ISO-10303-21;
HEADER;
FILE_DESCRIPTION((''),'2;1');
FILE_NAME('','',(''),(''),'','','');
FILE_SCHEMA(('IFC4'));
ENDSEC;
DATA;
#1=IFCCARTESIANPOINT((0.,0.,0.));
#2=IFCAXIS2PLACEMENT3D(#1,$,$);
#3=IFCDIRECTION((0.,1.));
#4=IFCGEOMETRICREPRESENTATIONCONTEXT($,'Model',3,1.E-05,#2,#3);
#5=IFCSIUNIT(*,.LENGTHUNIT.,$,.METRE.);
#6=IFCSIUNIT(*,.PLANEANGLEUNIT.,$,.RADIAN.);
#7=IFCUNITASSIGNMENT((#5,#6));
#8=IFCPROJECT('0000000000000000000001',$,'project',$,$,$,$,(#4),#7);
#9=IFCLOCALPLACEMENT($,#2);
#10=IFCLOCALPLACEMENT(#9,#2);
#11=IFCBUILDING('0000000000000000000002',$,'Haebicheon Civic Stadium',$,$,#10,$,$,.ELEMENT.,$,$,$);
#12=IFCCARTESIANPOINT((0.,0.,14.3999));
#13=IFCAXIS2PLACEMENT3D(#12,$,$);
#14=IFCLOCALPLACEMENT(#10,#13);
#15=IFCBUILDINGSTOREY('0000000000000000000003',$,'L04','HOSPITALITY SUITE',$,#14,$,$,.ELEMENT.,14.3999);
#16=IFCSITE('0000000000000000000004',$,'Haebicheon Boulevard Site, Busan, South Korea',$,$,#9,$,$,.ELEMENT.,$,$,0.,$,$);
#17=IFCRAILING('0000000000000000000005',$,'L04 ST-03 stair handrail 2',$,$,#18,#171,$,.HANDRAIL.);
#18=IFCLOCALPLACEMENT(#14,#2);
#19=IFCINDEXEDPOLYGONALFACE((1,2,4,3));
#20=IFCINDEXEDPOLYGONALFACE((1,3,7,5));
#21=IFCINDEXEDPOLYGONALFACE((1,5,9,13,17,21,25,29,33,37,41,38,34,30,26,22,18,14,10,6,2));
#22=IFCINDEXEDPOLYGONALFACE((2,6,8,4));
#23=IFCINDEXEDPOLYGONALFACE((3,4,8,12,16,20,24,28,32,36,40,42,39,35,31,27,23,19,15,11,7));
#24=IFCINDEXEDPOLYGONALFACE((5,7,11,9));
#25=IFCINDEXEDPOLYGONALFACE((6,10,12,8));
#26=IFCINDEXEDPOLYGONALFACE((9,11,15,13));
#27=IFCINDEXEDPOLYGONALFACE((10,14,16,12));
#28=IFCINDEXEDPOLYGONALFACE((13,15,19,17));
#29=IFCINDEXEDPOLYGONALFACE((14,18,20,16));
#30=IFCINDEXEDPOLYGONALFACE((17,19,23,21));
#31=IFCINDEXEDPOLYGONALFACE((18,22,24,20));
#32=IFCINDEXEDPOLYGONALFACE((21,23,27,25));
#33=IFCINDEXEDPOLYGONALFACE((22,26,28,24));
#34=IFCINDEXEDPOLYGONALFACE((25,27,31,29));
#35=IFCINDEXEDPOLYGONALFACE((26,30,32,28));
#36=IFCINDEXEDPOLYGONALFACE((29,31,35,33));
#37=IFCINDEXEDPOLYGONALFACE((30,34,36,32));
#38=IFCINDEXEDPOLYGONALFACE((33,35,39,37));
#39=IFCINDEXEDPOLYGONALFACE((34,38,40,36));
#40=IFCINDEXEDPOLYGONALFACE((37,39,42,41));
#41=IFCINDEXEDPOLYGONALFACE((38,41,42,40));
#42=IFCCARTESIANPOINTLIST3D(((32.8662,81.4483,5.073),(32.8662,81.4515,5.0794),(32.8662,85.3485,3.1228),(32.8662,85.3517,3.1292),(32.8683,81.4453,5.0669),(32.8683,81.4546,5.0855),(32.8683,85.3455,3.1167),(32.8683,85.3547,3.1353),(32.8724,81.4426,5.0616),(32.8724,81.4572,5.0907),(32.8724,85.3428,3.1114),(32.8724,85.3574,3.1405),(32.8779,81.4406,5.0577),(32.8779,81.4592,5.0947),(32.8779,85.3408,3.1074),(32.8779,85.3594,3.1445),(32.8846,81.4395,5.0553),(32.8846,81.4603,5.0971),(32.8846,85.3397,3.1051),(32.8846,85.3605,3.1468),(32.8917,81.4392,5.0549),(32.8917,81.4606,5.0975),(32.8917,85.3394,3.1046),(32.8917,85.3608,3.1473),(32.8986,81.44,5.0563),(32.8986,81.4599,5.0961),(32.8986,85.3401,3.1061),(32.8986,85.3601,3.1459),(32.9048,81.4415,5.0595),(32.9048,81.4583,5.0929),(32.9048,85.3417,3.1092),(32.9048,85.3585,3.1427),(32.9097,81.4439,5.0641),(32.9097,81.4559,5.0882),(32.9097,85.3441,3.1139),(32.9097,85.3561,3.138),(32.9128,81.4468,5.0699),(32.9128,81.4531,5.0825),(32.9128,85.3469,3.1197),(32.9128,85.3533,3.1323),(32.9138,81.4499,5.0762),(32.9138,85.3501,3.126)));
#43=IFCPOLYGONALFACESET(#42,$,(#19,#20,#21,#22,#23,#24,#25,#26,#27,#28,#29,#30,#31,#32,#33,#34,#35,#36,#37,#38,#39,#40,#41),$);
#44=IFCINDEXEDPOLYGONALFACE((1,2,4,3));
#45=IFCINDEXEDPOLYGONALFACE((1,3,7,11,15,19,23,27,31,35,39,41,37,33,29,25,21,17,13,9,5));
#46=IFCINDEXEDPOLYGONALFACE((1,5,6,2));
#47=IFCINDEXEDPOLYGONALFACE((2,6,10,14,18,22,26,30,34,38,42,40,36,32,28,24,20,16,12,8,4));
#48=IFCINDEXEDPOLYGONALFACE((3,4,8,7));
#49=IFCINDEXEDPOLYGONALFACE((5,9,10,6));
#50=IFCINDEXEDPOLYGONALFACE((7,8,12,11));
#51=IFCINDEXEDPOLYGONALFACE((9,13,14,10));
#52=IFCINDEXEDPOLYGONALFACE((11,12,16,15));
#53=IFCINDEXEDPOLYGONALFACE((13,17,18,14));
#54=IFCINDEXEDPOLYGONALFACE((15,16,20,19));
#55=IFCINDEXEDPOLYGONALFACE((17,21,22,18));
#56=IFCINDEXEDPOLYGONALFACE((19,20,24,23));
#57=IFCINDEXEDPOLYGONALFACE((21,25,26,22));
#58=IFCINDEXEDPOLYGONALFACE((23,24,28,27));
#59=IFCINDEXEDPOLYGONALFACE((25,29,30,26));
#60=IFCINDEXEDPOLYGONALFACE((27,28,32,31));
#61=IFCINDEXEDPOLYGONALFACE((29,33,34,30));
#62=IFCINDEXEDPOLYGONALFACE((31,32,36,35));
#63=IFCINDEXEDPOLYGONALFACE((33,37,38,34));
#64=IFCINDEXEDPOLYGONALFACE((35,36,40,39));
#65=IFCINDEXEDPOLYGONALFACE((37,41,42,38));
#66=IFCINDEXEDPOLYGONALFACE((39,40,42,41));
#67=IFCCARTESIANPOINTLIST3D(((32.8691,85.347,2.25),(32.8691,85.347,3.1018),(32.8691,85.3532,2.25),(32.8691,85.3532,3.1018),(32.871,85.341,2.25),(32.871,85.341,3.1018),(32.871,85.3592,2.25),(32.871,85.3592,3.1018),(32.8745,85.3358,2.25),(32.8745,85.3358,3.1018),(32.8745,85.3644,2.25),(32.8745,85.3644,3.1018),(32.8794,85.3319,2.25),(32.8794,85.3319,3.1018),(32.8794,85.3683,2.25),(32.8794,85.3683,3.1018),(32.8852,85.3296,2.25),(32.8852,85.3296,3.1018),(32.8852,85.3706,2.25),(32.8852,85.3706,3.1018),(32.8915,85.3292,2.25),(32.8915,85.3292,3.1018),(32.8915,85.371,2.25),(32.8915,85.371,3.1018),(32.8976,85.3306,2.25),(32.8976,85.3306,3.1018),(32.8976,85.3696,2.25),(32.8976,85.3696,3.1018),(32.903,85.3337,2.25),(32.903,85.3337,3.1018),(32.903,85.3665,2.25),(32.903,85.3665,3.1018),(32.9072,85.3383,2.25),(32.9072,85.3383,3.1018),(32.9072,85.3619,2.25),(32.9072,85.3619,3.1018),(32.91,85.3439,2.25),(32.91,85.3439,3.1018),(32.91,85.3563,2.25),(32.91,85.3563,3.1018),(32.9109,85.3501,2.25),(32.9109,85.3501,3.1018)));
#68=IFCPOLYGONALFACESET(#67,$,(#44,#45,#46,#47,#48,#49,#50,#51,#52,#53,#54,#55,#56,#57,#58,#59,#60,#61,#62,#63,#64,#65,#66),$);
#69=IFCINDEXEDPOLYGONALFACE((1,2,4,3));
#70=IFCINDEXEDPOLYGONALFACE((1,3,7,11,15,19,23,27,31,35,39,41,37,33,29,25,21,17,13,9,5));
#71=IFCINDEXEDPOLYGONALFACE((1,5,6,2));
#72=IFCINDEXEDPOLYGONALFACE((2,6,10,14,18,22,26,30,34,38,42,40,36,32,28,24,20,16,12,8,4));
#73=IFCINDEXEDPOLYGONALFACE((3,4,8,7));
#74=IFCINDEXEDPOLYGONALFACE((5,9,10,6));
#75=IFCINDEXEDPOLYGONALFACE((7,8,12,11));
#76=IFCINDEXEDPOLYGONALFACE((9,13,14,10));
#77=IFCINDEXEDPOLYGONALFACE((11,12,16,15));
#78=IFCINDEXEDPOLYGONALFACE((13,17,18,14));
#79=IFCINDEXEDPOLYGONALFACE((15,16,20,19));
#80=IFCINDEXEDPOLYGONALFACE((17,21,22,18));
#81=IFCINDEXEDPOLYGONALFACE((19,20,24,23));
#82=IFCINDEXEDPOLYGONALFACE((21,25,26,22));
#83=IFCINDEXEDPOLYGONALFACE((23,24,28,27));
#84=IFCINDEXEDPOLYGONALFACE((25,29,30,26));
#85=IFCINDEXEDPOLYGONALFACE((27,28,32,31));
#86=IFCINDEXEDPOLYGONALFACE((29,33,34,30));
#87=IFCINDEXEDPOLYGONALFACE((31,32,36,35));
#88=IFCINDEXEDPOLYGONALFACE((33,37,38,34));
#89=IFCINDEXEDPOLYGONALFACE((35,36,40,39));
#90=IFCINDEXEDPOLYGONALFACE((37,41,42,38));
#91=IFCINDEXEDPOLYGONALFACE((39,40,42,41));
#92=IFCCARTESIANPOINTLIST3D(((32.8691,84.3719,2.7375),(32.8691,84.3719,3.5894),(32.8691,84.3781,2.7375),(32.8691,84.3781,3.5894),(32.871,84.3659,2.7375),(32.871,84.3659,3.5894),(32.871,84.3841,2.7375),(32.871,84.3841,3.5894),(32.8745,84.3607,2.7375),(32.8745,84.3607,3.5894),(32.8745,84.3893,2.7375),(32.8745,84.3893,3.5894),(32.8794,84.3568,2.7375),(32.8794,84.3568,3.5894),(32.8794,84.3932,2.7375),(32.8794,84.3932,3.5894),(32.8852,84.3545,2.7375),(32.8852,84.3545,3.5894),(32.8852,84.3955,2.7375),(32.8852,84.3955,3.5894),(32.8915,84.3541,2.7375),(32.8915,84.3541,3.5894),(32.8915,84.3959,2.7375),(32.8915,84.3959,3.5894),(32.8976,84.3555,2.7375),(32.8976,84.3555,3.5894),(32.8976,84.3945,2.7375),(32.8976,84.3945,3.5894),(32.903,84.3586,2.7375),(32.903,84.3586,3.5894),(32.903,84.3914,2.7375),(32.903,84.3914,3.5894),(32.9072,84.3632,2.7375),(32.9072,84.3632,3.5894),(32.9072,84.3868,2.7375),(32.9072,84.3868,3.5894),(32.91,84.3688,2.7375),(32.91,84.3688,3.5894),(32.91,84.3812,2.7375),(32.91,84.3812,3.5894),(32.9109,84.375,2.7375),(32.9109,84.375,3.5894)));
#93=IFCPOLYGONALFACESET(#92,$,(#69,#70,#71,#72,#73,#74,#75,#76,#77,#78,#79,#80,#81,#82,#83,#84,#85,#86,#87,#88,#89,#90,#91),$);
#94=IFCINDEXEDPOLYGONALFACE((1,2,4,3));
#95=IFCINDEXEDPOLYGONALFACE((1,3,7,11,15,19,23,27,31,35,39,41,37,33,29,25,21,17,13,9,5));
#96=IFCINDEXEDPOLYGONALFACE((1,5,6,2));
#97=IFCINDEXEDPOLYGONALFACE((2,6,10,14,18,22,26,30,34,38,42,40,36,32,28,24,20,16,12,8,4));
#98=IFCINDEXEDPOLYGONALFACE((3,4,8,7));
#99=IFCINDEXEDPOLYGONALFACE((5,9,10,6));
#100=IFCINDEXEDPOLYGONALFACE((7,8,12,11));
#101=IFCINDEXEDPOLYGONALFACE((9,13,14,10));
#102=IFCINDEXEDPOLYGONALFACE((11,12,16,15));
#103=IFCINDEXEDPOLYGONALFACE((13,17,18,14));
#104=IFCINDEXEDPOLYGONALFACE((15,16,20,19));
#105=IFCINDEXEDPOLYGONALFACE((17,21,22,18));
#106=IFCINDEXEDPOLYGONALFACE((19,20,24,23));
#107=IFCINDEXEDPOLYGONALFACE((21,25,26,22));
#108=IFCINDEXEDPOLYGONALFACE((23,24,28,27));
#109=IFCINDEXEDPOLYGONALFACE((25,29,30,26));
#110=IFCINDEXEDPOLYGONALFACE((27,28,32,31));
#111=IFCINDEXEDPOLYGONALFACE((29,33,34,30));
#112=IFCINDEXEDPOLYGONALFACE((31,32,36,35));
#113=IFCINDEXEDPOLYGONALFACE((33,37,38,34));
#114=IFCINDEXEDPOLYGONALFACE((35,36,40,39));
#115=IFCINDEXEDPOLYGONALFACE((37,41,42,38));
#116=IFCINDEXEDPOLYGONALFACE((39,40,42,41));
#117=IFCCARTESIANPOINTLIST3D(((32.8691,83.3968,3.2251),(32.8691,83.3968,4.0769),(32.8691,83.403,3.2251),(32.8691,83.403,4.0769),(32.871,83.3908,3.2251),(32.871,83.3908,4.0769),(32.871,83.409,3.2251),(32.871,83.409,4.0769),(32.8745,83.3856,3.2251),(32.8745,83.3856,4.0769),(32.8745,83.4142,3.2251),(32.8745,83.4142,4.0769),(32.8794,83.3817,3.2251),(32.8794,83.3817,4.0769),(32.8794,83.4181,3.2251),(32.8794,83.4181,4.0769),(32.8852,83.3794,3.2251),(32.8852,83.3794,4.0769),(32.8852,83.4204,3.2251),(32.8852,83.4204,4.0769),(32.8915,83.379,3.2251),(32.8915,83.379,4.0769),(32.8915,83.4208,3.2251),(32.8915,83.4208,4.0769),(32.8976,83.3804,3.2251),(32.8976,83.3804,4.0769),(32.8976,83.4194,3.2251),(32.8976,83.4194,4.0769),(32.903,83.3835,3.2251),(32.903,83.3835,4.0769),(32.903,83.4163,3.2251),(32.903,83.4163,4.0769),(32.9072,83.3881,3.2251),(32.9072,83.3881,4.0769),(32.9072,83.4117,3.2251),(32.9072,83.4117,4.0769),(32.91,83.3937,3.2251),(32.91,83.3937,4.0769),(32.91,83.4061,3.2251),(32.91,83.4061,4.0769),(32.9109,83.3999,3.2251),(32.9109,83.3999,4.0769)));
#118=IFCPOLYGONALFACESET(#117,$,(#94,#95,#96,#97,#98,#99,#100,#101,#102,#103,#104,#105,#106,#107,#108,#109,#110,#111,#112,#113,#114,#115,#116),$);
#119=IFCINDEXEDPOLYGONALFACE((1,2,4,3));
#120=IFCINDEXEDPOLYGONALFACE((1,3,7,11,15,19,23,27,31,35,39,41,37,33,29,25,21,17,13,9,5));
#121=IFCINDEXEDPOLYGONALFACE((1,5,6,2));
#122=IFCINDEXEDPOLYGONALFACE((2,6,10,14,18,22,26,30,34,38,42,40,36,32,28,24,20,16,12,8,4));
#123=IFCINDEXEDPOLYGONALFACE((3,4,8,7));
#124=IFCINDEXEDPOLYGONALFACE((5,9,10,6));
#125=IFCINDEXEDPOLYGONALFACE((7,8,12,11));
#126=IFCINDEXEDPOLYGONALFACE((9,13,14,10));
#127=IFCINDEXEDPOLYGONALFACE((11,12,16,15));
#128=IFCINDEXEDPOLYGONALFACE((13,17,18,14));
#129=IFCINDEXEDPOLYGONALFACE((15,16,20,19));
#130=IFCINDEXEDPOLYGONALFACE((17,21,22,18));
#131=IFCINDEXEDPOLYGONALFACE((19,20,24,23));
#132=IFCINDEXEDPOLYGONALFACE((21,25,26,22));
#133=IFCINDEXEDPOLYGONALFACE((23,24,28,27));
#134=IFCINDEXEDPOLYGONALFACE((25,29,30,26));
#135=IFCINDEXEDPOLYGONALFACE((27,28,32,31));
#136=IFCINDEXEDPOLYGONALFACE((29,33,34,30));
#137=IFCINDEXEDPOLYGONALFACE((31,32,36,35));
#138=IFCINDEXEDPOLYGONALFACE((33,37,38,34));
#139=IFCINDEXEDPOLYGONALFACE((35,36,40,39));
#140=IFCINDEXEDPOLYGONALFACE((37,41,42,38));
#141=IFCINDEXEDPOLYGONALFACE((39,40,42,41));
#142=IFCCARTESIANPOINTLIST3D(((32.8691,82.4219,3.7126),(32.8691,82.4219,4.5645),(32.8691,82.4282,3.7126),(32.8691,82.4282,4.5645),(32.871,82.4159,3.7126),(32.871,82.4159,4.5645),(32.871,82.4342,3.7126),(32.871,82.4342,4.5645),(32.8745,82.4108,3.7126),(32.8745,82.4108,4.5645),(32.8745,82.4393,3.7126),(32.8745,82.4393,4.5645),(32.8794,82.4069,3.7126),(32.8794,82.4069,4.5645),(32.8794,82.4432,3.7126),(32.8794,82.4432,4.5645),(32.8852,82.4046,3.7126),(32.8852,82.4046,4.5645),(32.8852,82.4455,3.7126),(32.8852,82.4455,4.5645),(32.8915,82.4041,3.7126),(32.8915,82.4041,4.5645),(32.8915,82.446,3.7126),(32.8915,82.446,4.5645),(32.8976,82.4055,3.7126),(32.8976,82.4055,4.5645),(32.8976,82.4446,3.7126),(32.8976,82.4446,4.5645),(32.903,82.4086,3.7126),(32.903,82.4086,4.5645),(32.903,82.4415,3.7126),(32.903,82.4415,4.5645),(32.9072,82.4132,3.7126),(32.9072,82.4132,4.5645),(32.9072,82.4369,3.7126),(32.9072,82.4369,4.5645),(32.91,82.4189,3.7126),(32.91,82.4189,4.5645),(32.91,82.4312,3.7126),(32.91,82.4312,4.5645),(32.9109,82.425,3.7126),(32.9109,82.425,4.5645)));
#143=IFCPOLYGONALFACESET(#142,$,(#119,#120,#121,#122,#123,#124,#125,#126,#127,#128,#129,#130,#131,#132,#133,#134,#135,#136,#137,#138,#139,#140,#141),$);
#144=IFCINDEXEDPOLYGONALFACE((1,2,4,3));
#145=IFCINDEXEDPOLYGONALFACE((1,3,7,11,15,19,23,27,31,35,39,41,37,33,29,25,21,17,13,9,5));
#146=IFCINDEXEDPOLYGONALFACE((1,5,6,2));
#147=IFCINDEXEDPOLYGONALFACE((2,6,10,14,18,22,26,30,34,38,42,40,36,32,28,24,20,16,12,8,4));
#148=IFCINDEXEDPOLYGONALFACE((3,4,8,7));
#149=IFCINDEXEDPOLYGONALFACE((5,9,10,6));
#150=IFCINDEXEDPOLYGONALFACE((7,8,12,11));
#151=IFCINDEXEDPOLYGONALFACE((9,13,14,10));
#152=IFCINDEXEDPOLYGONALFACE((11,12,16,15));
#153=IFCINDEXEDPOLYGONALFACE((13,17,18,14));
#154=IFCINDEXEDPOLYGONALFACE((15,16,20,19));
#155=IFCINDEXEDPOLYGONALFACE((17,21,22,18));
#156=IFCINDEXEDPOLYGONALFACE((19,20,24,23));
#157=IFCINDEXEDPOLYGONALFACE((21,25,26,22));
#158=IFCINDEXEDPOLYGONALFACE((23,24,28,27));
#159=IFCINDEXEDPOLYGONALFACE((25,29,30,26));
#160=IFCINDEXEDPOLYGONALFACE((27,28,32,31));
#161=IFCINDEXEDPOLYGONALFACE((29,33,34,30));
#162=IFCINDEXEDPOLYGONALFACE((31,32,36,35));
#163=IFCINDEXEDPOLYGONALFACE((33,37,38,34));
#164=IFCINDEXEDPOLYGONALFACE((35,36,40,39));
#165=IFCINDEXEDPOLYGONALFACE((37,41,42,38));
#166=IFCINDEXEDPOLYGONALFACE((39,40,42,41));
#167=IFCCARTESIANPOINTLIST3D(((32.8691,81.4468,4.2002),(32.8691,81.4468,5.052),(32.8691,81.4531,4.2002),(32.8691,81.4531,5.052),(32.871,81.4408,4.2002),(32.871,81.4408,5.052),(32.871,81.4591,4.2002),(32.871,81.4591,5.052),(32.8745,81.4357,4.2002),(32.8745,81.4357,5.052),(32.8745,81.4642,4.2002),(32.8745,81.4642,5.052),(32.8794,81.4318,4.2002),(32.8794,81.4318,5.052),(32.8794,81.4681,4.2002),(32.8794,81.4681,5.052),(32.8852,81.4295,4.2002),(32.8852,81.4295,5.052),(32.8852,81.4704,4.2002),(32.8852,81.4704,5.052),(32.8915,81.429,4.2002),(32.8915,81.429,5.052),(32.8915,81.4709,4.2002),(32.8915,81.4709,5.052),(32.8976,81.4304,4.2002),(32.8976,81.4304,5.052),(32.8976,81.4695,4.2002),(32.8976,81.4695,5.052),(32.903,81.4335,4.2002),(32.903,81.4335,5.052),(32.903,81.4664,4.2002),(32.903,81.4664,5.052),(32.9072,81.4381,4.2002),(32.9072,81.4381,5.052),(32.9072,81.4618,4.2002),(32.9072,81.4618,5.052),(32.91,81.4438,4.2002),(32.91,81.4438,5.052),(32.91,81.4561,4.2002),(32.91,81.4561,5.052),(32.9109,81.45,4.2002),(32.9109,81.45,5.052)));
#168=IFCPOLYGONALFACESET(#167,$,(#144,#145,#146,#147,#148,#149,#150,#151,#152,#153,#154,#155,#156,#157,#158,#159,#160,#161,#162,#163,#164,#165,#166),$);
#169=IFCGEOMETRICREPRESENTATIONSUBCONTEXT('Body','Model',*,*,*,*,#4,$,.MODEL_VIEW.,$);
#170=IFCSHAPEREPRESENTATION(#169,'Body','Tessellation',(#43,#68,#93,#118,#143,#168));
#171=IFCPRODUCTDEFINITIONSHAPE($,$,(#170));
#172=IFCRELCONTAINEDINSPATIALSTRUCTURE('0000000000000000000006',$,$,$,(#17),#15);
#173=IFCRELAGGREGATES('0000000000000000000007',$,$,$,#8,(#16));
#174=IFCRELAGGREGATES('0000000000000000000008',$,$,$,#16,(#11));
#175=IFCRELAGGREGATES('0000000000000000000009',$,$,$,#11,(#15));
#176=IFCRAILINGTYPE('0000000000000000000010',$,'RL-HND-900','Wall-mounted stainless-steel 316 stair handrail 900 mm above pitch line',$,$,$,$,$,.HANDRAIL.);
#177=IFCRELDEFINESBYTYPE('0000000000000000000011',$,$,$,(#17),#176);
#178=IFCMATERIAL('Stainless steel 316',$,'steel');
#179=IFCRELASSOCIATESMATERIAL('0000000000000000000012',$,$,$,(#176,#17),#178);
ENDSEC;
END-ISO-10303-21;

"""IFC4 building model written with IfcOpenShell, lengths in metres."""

from ifc_helpers import new_model, si_unit, direction, frame, origin, origin_2d, place, context, subcontext, project, spatial, circle, extrude, material, type_object, element, save


model = new_model("IFC4")

# Units and contexts
model_context = context("Model", 3, precision=1e-05, world=origin(), true_north=direction((0.0, 1.0)))
body_context = subcontext(model_context, "Body", "Model", "MODEL_VIEW")
ifc_project = project(units=[si_unit("LENGTHUNIT", "METRE"), si_unit("PLANEANGLEUNIT", "RADIAN")], contexts=[model_context])

# Site, building, storey
site_placement = place(None, origin())
site = spatial("IfcSite", under=ifc_project, at=site_placement, Name="Haebicheon Boulevard Site, Busan, South Korea", CompositionType="ELEMENT", RefElevation=0.0)
building_placement = place(site_placement, origin())
building = spatial("IfcBuilding", under=site, at=building_placement, Name="Haebicheon Civic Stadium", CompositionType="ELEMENT")
storey_placement = place(building_placement, frame((0.0, 0.0, 14.3999)))
storey = spatial("IfcBuildingStorey", under=building, at=storey_placement, Name="L04", Description="HOSPITALITY SUITE", CompositionType="ELEMENT", Elevation=14.3999)

# Railing
ifc_material_1 = material(Name="Stainless steel 316", Category="steel")
railing_type_1 = type_object("IfcRailingType", Name="RL-HND-900", Description="Wall-mounted stainless-steel 316 stair handrail 900 mm above pitch line", PredefinedType="HANDRAIL", material=ifc_material_1)
railing_1_placement = place(storey_placement, frame((32.8899, 85.3501, 2.25)))
element("IfcRailing", 1, at=railing_1_placement, inside=storey, type_object=railing_type_1, material=ifc_material_1, Name="L04 ST-03 stair handrail 2", PredefinedType="HANDRAIL", context=body_context, shape_type="SweptSolid", body=[
    extrude(circle(Radius=0.0239, at=origin_2d()), frame((0.0, 0.0, 0.876), z_axis=(0.0, -0.894416, 0.447236), x_axis=(1.0, 0.0, 0.0)), (0.0, 0.0, 1.0), 4.3606),
    extrude(circle(Radius=0.021, at=origin_2d()), origin(), (0.0, 0.0, 1.0), 0.8518),
    extrude(circle(Radius=0.021, at=origin_2d()), frame((0.0, -0.9751, 0.4875)), (0.0, 0.0, 1.0), 0.8518),
    extrude(circle(Radius=0.021, at=origin_2d()), frame((0.0, -1.9502, 0.9751)), (0.0, 0.0, 1.0), 0.8518),
    extrude(circle(Radius=0.021, at=origin_2d()), frame((0.0, -2.925, 1.4626)), (0.0, 0.0, 1.0), 0.8518),
    extrude(circle(Radius=0.021, at=origin_2d()), frame((0.0, -3.9001, 1.9502)), (0.0, 0.0, 1.0), 0.8518),
])

save(model, "model.ifc")
